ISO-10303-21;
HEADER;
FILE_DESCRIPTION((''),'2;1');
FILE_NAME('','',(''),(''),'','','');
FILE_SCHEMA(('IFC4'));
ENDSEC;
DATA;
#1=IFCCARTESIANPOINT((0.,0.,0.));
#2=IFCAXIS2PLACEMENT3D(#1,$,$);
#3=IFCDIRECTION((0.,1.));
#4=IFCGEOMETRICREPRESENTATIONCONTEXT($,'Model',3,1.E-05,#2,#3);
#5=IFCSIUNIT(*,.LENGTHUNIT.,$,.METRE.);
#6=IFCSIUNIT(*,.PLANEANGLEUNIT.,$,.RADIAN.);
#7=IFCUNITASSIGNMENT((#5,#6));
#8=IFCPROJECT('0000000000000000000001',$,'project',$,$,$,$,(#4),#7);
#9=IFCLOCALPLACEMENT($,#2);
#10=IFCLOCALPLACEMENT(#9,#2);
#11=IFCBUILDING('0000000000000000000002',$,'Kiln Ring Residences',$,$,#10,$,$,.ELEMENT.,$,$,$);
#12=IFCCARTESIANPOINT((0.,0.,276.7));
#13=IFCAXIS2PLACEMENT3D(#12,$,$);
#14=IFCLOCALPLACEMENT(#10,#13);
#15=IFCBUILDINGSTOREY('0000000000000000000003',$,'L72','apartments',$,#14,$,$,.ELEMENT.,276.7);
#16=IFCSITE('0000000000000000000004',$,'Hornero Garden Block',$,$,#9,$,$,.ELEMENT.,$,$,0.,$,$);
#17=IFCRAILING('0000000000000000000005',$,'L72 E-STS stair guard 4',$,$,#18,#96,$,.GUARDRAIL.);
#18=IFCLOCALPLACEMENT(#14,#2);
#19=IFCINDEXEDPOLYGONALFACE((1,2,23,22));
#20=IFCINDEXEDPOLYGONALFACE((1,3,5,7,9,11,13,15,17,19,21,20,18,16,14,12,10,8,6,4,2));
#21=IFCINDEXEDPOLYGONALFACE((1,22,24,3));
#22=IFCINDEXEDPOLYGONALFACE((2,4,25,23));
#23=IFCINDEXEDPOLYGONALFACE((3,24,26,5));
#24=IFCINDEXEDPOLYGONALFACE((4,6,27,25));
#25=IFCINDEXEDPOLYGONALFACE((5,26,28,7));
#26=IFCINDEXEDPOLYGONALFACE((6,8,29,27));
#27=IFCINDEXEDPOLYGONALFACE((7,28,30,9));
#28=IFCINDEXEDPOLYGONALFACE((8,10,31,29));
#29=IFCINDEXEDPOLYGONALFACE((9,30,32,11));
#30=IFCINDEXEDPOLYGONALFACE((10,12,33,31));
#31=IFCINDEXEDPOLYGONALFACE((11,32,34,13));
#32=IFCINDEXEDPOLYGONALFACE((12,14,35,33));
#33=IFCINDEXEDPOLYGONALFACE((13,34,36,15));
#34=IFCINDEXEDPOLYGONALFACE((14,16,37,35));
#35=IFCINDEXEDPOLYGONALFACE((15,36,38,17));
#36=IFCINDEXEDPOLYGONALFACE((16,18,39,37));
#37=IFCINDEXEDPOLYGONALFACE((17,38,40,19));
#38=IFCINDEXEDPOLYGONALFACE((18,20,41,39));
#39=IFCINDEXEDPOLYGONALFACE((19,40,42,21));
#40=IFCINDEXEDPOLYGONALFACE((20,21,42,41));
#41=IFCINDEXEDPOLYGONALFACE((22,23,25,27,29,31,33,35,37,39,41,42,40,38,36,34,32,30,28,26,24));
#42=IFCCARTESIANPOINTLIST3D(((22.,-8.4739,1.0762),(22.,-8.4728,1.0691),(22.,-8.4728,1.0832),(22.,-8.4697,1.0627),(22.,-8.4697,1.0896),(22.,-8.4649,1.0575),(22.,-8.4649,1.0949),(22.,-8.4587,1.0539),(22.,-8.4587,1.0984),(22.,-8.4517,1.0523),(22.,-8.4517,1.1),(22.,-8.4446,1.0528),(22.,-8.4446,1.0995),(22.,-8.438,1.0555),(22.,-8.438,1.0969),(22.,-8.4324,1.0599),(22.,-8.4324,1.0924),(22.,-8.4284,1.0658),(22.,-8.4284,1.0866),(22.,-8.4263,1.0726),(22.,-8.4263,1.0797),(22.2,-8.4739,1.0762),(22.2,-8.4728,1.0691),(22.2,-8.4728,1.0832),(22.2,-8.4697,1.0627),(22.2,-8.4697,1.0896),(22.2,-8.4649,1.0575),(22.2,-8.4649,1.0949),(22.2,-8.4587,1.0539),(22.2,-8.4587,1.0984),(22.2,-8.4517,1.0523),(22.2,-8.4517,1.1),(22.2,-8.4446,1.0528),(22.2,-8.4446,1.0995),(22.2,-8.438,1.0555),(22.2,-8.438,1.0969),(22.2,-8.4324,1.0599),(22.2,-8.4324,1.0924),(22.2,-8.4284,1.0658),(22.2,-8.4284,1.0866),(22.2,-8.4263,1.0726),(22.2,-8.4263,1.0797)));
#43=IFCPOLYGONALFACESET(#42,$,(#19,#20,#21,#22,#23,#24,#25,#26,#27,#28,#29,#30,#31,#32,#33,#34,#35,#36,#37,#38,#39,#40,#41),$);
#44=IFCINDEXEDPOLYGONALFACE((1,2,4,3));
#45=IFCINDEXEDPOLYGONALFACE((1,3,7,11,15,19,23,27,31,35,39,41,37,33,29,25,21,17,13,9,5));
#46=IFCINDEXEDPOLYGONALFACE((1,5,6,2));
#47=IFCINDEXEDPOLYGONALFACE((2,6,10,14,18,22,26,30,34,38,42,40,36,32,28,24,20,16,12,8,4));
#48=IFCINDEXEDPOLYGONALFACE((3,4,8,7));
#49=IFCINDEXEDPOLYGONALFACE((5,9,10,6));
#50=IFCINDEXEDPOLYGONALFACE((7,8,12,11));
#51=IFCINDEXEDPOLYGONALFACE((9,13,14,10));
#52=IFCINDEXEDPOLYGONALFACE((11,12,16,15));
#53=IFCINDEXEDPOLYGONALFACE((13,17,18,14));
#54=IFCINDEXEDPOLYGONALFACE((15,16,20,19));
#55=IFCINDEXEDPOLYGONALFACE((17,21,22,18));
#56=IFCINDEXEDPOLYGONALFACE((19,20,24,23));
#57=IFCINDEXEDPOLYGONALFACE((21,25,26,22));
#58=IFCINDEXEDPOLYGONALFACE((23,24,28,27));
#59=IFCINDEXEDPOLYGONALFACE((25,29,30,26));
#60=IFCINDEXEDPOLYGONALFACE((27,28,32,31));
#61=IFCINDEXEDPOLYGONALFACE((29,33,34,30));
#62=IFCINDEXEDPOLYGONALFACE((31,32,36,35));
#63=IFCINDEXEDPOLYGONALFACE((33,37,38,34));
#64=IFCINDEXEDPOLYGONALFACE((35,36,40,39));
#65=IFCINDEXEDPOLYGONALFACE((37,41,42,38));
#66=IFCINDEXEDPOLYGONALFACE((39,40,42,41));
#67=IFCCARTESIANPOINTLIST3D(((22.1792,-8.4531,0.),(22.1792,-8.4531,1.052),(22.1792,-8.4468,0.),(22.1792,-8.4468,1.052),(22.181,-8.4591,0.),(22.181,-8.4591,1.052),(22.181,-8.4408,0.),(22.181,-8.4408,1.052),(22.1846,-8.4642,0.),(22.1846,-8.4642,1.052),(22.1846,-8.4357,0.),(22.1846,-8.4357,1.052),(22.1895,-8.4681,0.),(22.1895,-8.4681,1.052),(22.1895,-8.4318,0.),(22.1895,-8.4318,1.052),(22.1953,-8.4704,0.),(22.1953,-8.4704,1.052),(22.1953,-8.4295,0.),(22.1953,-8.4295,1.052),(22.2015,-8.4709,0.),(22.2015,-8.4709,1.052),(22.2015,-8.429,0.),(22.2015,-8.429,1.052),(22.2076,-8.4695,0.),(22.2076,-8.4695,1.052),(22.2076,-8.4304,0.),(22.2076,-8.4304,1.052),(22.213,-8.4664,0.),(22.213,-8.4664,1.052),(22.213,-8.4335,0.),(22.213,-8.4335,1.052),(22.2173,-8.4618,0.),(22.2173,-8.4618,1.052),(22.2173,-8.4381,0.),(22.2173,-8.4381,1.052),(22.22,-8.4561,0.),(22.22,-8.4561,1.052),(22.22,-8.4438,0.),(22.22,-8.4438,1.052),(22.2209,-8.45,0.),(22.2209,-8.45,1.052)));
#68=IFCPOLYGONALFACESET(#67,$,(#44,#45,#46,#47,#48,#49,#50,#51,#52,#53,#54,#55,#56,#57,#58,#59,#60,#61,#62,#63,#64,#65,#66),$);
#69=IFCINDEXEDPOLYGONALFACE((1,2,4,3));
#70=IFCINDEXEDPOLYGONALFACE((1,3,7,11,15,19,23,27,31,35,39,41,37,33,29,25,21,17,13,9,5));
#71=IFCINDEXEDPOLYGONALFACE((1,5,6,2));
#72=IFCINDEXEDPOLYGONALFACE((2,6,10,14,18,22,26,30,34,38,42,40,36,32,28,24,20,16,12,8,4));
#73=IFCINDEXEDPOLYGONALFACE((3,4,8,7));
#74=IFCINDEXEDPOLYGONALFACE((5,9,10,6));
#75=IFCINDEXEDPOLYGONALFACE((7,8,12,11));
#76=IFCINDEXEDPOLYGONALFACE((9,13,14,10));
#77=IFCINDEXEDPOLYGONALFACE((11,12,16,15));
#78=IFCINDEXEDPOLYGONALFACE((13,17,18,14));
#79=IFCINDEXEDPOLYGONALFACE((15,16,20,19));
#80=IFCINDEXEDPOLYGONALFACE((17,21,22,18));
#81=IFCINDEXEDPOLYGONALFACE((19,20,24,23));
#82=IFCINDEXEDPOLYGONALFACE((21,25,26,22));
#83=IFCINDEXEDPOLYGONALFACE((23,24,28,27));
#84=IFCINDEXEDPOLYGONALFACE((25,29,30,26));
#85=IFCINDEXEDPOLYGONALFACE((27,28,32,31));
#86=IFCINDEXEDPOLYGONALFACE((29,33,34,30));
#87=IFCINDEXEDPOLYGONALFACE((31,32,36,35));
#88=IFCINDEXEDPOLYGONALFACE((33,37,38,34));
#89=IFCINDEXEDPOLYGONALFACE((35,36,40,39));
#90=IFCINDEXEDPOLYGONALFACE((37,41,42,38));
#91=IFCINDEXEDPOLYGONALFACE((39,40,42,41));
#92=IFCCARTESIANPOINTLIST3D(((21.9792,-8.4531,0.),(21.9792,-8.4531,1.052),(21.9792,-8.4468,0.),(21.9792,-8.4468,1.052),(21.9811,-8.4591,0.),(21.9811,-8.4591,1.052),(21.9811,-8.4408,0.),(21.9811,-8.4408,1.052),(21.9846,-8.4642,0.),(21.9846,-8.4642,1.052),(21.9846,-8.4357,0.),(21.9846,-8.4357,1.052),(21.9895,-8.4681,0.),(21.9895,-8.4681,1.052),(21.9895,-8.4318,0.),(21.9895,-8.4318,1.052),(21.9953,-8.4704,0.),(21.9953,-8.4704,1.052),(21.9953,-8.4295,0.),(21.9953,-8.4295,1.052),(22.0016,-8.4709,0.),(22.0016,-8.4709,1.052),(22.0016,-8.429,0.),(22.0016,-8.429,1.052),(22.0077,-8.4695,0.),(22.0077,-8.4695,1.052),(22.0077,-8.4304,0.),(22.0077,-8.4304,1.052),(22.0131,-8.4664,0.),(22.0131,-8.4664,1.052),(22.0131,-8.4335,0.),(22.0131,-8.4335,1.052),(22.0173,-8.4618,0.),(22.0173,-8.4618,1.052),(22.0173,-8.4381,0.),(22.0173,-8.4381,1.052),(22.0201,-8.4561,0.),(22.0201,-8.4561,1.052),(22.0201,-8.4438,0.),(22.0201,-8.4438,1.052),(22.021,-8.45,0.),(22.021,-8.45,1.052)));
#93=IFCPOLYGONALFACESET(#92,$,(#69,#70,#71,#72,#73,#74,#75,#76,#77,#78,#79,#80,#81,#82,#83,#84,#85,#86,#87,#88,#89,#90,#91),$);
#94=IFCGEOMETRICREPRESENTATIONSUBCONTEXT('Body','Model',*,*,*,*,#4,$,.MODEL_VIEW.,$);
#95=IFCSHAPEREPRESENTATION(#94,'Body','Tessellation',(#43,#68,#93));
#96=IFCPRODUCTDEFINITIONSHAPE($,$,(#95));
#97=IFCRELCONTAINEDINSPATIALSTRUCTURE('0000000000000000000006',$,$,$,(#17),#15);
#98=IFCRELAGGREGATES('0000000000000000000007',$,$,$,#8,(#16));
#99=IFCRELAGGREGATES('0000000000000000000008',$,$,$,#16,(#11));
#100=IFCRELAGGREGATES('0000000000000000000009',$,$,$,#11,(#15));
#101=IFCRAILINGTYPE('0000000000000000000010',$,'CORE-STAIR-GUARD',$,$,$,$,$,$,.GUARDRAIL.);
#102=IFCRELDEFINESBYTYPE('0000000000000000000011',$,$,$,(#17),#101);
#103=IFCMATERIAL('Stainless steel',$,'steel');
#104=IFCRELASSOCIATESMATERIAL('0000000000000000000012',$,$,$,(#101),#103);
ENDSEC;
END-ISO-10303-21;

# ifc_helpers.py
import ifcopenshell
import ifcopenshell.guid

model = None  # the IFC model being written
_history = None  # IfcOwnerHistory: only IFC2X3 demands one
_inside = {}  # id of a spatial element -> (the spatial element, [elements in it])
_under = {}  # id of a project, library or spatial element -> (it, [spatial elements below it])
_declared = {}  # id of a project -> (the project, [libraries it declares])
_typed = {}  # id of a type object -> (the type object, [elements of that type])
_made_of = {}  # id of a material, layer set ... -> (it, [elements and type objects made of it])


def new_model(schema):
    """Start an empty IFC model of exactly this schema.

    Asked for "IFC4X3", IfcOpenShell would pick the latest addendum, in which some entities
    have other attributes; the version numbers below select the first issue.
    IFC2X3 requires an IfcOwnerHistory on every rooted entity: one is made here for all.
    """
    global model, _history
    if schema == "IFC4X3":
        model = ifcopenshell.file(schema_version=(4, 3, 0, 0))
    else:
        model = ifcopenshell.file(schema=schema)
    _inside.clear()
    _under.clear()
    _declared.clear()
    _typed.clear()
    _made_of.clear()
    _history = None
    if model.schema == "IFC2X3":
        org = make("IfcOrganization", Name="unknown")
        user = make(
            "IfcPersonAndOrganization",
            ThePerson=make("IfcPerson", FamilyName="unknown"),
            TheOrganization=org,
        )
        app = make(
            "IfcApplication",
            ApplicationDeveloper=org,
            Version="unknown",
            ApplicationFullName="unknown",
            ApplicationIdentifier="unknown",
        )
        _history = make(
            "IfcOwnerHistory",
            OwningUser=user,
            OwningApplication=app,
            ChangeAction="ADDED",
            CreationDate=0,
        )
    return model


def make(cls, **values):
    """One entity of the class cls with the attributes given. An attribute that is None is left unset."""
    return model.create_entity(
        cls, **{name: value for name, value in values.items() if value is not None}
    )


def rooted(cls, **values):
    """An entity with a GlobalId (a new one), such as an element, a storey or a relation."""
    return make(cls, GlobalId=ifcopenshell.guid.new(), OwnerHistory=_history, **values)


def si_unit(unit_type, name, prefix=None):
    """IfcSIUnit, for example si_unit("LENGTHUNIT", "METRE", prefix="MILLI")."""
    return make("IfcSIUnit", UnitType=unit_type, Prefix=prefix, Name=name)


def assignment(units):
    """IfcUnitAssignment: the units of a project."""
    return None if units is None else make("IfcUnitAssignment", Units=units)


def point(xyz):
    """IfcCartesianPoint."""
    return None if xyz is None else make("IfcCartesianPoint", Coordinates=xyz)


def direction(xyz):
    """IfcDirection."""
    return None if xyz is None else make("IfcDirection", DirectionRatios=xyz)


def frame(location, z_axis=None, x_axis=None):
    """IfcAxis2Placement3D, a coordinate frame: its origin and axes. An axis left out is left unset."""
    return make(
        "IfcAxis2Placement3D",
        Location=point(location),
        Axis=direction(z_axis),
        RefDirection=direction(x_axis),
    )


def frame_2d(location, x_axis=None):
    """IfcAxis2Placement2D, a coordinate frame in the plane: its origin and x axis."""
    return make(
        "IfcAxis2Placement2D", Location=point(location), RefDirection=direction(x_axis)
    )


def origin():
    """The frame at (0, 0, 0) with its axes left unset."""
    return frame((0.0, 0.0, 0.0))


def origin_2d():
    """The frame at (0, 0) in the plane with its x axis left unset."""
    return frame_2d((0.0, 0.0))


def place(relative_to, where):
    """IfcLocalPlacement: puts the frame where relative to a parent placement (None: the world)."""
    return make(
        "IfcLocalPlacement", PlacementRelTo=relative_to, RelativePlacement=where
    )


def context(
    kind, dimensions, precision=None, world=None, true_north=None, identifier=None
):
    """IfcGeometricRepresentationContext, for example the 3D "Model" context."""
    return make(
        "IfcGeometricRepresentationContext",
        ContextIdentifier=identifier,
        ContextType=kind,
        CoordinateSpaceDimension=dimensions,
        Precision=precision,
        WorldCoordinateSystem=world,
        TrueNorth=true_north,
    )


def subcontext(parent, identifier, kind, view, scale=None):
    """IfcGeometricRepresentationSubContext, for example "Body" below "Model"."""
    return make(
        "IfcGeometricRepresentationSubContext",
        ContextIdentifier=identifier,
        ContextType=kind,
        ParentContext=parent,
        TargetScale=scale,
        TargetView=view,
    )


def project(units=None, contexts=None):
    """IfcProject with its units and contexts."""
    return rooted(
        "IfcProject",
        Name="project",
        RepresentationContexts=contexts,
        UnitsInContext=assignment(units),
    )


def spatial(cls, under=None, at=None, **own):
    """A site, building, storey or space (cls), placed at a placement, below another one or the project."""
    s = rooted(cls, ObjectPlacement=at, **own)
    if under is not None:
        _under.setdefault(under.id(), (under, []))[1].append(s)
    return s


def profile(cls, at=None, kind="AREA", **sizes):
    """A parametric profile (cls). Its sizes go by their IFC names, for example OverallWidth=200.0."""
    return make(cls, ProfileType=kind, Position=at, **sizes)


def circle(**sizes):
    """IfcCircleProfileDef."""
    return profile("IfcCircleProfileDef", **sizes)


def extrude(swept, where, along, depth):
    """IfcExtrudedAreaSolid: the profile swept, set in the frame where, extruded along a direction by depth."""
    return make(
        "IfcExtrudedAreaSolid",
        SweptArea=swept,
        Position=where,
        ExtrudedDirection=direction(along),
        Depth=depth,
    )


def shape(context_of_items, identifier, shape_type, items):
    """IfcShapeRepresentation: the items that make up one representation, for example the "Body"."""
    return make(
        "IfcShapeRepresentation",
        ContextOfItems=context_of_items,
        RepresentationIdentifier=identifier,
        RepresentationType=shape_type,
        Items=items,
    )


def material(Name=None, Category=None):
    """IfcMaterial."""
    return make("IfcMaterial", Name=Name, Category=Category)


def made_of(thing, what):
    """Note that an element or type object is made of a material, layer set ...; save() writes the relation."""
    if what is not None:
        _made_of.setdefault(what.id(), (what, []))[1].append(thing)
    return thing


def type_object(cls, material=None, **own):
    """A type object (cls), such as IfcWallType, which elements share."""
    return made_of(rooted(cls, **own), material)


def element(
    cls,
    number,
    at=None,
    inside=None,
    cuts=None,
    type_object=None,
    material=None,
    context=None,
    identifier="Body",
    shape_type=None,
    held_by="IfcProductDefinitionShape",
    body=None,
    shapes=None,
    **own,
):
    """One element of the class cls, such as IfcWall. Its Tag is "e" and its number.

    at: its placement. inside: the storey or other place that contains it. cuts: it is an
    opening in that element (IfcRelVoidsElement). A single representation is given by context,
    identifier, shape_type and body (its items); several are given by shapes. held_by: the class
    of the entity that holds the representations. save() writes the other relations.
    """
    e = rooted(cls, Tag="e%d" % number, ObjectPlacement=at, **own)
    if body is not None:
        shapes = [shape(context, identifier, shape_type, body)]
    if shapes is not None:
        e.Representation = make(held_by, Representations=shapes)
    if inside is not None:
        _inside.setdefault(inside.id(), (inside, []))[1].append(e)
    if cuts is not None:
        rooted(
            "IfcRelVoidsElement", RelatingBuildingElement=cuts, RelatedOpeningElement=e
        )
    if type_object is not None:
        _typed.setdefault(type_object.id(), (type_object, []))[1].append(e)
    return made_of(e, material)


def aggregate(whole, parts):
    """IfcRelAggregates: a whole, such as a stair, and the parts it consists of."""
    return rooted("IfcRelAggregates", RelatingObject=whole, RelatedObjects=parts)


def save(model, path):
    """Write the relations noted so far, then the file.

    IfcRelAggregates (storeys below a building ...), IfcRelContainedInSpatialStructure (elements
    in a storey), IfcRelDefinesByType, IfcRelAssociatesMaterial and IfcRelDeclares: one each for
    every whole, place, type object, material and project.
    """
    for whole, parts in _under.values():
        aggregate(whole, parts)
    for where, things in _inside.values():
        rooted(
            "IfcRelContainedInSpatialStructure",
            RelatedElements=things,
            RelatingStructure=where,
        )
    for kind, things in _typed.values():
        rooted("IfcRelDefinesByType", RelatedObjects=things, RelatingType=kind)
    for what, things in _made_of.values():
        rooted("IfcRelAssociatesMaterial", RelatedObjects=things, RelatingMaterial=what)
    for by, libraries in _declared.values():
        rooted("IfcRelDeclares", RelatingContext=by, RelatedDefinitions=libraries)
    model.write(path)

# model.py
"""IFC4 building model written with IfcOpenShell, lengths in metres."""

from ifc_helpers import new_model, si_unit, direction, frame, origin, origin_2d, place, context, subcontext, project, spatial, circle, extrude, material, type_object, element, save


model = new_model("IFC4")

# Units and contexts
model_context = context("Model", 3, precision=1e-05, world=origin(), true_north=direction((0.0, 1.0)))
body_context = subcontext(model_context, "Body", "Model", "MODEL_VIEW")
ifc_project = project(units=[si_unit("LENGTHUNIT", "METRE"), si_unit("PLANEANGLEUNIT", "RADIAN")], contexts=[model_context])

# Site, building, storey
site_placement = place(None, origin())
site = spatial("IfcSite", under=ifc_project, at=site_placement, Name="Hornero Garden Block", CompositionType="ELEMENT", RefElevation=0.0)
building_placement = place(site_placement, origin())
building = spatial("IfcBuilding", under=site, at=building_placement, Name="Kiln Ring Residences", CompositionType="ELEMENT")
storey_placement = place(building_placement, frame((0.0, 0.0, 276.7)))
storey = spatial("IfcBuildingStorey", under=building, at=storey_placement, Name="L72", Description="apartments", CompositionType="ELEMENT", Elevation=276.7)

# Railing
ifc_material_1 = material(Name="Stainless steel", Category="steel")
railing_type_1 = type_object("IfcRailingType", Name="CORE-STAIR-GUARD", PredefinedType="GUARDRAIL", material=ifc_material_1)
railing_1_placement = place(storey_placement, frame((22.2, -8.45, 0.0)))
element("IfcRailing", 1, at=railing_1_placement, inside=storey, type_object=railing_type_1, Name="L72 E-STS stair guard 4", PredefinedType="GUARDRAIL", context=body_context, shape_type="SweptSolid", body=[
    extrude(circle(Radius=0.0239, at=origin_2d()), frame((0.0, 0.0, 1.0762), z_axis=(-1.0, 0.0, 0.0), x_axis=(0.0, -1.0, 0.0)), (0.0, 0.0, 1.0), 0.2),
    extrude(circle(Radius=0.021, at=origin_2d()), origin(), (0.0, 0.0, 1.0), 1.052),
    extrude(circle(Radius=0.021, at=origin_2d()), frame((-0.2, 0.0, 0.0)), (0.0, 0.0, 1.0), 1.052),
])

save(model, "model.ifc")
